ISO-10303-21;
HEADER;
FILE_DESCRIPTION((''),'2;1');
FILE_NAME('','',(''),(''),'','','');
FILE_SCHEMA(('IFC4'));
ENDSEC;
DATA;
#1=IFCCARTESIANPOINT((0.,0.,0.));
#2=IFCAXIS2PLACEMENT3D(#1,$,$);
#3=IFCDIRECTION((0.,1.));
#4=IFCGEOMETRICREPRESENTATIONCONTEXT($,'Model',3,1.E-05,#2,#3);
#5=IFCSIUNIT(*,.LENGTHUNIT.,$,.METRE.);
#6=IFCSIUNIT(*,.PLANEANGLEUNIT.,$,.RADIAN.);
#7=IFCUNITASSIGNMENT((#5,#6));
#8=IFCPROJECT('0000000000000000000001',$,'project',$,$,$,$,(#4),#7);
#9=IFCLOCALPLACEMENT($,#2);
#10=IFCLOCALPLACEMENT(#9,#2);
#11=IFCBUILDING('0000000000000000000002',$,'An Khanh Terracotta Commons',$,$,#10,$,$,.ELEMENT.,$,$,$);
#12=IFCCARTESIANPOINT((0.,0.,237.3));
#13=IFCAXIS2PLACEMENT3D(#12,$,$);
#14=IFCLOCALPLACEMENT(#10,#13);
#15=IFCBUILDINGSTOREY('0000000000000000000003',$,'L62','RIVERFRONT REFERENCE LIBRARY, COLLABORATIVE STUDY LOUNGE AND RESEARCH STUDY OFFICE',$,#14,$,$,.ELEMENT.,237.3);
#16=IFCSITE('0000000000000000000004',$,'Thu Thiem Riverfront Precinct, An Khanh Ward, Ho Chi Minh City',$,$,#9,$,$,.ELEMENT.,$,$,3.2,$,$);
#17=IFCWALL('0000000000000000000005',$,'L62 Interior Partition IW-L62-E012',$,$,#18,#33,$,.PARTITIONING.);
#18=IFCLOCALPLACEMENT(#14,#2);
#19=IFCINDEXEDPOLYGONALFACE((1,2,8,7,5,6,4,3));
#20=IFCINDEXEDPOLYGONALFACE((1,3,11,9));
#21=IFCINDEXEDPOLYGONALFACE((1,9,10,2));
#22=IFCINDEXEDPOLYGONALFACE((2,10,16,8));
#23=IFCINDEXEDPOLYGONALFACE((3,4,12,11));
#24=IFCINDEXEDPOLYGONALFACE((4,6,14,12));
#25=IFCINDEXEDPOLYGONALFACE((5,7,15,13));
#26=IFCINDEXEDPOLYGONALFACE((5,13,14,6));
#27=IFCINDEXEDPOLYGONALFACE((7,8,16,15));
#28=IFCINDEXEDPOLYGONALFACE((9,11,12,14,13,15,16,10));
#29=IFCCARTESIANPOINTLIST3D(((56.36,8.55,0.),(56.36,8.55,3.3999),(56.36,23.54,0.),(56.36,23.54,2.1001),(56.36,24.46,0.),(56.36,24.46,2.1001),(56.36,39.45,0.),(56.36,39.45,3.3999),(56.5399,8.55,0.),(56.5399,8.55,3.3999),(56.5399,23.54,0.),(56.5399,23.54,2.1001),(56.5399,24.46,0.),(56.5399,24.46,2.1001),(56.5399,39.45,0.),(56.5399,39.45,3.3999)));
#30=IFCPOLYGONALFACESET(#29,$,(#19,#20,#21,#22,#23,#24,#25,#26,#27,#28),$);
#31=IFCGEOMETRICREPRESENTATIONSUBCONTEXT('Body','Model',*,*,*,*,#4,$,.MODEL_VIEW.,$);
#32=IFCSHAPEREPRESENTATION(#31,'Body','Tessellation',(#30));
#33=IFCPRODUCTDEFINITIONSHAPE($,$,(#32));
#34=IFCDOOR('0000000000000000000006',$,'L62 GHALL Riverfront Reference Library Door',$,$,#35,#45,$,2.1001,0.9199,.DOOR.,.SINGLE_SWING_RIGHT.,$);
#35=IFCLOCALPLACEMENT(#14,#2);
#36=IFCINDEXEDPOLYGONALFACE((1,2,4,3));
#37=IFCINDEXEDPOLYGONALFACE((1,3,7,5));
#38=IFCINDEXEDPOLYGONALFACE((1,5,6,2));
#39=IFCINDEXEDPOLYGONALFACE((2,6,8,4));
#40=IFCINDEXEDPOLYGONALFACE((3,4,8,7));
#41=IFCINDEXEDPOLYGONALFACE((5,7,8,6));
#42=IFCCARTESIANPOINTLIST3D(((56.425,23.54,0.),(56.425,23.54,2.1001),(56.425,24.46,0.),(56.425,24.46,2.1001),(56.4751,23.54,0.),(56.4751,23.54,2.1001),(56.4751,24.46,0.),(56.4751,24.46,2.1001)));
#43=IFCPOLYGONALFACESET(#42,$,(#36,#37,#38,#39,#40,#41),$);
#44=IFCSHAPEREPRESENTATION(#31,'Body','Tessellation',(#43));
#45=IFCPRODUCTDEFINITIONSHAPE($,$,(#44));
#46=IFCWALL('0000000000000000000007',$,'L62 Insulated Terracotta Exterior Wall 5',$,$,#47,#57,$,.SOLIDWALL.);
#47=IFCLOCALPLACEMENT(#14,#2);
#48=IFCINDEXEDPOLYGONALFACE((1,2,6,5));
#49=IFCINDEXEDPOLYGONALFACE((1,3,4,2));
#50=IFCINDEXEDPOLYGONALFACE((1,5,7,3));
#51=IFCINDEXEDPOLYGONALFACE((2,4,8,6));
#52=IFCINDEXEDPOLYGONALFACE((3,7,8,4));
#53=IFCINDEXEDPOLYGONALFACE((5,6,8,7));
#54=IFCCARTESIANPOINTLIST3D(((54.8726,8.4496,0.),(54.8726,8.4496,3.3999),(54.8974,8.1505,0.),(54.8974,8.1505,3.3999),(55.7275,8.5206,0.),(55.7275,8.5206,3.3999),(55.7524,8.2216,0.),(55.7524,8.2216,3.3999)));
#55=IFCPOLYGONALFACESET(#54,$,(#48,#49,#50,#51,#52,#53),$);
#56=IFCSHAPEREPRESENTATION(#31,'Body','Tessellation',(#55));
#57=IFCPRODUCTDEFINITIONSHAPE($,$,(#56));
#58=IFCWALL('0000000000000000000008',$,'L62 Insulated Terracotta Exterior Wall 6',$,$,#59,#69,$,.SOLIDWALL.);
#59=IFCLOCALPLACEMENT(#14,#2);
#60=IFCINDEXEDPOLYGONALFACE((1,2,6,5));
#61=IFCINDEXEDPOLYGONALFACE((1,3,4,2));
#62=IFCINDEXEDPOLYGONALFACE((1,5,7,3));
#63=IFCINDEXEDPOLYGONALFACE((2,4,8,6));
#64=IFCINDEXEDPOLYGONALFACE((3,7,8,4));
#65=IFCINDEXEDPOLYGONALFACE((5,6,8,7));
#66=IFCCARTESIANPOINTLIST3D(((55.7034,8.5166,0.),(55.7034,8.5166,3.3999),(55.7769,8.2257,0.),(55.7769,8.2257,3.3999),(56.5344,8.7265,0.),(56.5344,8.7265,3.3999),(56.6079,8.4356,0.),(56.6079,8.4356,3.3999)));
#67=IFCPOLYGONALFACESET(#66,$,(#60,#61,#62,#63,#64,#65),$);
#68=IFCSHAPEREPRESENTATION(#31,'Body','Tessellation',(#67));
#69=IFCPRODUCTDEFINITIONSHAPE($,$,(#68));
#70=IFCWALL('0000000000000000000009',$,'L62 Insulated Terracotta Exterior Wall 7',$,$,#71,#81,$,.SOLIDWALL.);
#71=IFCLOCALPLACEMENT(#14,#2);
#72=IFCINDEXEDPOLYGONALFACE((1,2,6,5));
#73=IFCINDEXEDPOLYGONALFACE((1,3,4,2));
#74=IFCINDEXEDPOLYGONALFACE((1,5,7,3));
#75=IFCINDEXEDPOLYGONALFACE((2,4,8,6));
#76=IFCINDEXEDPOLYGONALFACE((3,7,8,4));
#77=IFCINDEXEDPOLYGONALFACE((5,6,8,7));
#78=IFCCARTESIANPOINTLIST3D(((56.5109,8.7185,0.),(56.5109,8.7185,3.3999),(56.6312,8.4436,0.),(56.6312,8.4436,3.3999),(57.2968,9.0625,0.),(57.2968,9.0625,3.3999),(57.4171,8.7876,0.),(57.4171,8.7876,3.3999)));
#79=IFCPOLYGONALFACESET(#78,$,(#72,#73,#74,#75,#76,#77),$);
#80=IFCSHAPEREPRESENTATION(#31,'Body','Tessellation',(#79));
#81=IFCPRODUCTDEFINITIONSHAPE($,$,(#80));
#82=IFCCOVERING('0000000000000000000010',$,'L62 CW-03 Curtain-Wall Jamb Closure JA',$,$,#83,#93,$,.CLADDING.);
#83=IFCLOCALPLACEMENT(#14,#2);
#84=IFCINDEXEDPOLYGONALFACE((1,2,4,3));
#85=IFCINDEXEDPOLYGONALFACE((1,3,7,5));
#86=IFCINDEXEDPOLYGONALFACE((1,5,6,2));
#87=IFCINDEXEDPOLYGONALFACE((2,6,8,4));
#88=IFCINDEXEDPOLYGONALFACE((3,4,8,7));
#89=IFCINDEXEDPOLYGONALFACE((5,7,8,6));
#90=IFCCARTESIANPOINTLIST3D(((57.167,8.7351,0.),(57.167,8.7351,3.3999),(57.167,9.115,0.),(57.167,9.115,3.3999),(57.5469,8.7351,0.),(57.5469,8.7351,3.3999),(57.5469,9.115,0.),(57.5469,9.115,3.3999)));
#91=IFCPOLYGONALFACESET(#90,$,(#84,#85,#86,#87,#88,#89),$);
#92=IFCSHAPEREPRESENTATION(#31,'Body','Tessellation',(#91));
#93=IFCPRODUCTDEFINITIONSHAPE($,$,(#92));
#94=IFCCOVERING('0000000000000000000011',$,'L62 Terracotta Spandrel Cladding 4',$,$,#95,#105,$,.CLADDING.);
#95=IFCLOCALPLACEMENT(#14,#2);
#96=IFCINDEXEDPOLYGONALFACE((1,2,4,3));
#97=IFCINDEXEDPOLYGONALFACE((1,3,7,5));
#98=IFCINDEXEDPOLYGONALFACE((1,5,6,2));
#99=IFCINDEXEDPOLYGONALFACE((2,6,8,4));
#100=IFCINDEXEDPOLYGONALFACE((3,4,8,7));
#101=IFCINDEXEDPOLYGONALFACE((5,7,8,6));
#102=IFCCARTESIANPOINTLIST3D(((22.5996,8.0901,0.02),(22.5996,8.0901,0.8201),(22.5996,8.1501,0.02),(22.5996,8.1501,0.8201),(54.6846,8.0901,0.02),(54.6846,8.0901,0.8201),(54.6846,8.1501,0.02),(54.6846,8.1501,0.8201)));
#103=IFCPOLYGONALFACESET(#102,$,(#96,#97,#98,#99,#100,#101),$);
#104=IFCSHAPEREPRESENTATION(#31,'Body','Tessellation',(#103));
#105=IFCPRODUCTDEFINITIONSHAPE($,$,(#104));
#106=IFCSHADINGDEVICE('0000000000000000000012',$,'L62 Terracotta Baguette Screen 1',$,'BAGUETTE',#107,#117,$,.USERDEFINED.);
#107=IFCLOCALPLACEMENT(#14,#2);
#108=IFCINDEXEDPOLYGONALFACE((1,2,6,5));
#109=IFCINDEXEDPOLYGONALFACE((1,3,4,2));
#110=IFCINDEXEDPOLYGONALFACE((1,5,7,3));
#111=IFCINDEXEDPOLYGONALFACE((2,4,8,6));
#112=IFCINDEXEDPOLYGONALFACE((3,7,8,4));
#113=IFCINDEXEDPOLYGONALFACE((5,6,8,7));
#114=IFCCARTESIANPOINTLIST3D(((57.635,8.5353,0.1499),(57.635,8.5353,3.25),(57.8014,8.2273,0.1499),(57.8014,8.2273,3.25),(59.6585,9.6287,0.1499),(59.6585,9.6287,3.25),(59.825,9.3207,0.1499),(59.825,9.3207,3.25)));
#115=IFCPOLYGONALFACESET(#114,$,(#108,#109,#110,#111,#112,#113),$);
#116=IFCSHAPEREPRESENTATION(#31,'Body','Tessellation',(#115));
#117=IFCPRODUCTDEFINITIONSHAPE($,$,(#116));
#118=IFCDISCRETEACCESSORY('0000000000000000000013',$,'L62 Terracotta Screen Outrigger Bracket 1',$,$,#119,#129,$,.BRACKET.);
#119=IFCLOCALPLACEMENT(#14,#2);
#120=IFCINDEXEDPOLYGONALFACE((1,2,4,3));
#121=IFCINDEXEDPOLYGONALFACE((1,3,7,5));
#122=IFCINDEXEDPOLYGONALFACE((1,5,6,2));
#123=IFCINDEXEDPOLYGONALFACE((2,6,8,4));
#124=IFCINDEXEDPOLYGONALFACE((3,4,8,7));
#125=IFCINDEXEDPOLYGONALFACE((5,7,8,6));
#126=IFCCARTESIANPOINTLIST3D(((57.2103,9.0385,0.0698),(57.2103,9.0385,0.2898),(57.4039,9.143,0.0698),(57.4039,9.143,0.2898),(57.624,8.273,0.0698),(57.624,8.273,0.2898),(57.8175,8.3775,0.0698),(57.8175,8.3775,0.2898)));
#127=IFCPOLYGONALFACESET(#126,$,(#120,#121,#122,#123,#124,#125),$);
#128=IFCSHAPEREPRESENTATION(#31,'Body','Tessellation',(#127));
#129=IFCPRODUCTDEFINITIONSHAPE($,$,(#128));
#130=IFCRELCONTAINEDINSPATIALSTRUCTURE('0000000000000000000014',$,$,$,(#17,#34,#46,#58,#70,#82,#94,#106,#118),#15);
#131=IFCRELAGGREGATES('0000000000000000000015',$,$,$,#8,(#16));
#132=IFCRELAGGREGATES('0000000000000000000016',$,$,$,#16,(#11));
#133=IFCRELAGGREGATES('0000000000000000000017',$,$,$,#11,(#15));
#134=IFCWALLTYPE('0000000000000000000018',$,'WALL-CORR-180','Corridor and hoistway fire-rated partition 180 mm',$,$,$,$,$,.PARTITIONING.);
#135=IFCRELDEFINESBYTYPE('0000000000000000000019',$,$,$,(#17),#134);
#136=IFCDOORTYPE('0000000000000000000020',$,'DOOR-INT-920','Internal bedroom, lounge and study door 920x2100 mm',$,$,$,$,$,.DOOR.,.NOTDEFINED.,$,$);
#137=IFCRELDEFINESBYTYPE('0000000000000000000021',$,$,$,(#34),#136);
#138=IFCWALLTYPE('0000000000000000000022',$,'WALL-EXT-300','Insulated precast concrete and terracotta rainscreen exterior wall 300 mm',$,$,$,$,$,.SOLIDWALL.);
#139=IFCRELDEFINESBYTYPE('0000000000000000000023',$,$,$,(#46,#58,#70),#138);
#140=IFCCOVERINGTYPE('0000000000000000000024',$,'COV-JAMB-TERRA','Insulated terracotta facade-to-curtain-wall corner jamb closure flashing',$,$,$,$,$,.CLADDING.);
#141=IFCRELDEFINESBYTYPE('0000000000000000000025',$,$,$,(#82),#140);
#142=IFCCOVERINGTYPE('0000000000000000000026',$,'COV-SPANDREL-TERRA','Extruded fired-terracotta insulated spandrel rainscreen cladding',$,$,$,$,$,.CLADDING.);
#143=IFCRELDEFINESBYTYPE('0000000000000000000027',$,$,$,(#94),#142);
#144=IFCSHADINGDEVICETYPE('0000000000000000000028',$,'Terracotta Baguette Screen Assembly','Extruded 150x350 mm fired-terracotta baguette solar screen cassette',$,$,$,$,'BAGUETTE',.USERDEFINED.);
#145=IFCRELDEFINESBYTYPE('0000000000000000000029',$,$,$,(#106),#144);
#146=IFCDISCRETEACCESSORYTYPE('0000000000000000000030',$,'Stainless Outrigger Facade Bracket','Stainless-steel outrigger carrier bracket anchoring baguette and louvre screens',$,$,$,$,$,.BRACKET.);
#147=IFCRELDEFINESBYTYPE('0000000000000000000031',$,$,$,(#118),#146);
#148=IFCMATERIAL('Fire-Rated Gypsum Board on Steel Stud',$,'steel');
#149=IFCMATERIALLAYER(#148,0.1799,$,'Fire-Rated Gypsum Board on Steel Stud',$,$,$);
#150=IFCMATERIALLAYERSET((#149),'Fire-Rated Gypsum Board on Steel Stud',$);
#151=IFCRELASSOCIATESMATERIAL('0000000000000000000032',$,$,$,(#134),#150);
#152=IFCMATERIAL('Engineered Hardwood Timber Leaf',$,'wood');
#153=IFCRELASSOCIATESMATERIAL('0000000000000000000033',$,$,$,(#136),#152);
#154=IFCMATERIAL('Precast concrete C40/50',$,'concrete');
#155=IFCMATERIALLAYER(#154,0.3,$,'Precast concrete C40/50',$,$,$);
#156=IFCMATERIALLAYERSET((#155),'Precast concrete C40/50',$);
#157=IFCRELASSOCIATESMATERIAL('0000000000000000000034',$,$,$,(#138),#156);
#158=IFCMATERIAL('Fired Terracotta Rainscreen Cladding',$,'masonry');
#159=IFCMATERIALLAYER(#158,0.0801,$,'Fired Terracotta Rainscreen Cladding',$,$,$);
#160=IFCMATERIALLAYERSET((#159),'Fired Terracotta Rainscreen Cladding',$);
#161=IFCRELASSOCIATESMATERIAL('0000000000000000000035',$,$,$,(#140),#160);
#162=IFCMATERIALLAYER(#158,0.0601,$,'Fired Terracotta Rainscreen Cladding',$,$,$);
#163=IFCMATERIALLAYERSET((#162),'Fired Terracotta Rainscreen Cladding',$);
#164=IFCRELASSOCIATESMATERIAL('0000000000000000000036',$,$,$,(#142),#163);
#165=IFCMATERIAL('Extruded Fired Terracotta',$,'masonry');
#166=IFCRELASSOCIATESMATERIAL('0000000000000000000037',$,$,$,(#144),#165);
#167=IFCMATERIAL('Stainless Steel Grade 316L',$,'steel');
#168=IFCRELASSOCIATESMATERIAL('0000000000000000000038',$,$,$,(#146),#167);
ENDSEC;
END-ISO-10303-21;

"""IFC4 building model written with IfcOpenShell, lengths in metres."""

from ifc_helpers import new_model, si_unit, direction, frame, frame_2d, origin, origin_2d, place, context, subcontext, project, spatial, rectangle, extrude, material, layer, layer_set, type_object, element, fill, save


model = new_model("IFC4")

# Units and contexts
model_context = context("Model", 3, precision=1e-05, world=origin(), true_north=direction((0.0, 1.0)))
body_context = subcontext(model_context, "Body", "Model", "MODEL_VIEW")
ifc_project = project(units=[si_unit("LENGTHUNIT", "METRE"), si_unit("PLANEANGLEUNIT", "RADIAN")], contexts=[model_context])

# Site, building, storey
site_placement = place(None, origin())
site = spatial("IfcSite", under=ifc_project, at=site_placement, Name="Thu Thiem Riverfront Precinct, An Khanh Ward, Ho Chi Minh City", CompositionType="ELEMENT", RefElevation=3.2)
building_placement = place(site_placement, origin())
building = spatial("IfcBuilding", under=site, at=building_placement, Name="An Khanh Terracotta Commons", CompositionType="ELEMENT")
storey_placement = place(building_placement, frame((0.0, 0.0, 237.3)))
storey = spatial("IfcBuildingStorey", under=building, at=storey_placement, Name="L62", Description="RIVERFRONT REFERENCE LIBRARY, COLLABORATIVE STUDY LOUNGE AND RESEARCH STUDY OFFICE", CompositionType="ELEMENT", Elevation=237.3)

# Shared definitions
ifc_material_1 = material(Name="Fire-Rated Gypsum Board on Steel Stud", Category="steel")
ifc_layer_1 = layer(ifc_material_1, 0.1799, Name="Fire-Rated Gypsum Board on Steel Stud")
ifc_layer_set_1 = layer_set([ifc_layer_1], Name="Fire-Rated Gypsum Board on Steel Stud")
wall_type_1 = type_object("IfcWallType", Name="WALL-CORR-180", Description="Corridor and hoistway fire-rated partition 180 mm", PredefinedType="PARTITIONING", material=ifc_layer_set_1)

# Wall, opening, door
wall_1_placement = place(storey_placement, frame((56.45, 8.55, 0.0), z_axis=(0.0, 0.0, 1.0), x_axis=(0.0, 1.0, 0.0)))
wall_1 = element("IfcWall", 1, at=wall_1_placement, inside=storey, type_object=wall_type_1, Name="L62 Interior Partition IW-L62-E012", PredefinedType="PARTITIONING", context=body_context, shape_type="SweptSolid", body=[
    extrude(rectangle(XDim=30.8999, YDim=0.1799, at=frame_2d((15.45, 0.0))), origin(), (0.0, 0.0, 1.0), 3.3999),
])
opening_1_placement = place(wall_1_placement, frame((14.99, 0.0, 0.0)))
opening_1 = element("IfcOpeningElement", 2, at=opening_1_placement, cuts=wall_1, PredefinedType="OPENING", context=body_context, shape_type="SweptSolid", body=[
    extrude(rectangle(XDim=0.9199, YDim=2.1001, at=frame_2d((0.46, 1.05))), frame((0.0, 0.0999, 0.0), z_axis=(0.0, -1.0, 0.0), x_axis=(1.0, 0.0, 0.0)), (0.0, 0.0, 1.0), 0.2),
])
ifc_material_2 = material(Name="Engineered Hardwood Timber Leaf", Category="wood")
door_type_1 = type_object("IfcDoorType", Name="DOOR-INT-920", Description="Internal bedroom, lounge and study door 920x2100 mm", OperationType="NOTDEFINED", PredefinedType="DOOR", material=ifc_material_2)
door_1_placement = place(opening_1_placement, origin())
door_1 = element("IfcDoor", 3, at=door_1_placement, inside=storey, type_object=door_type_1, Name="L62 GHALL Riverfront Reference Library Door", OperationType="SINGLE_SWING_RIGHT", OverallHeight=2.1001, OverallWidth=0.9199, PredefinedType="DOOR", context=body_context, shape_type="SweptSolid", body=[
    extrude(rectangle(XDim=0.9199, YDim=2.1001, at=frame_2d((0.46, 1.05))), frame((0.0, 0.0249, 0.0), z_axis=(0.0, -1.0, 0.0), x_axis=(1.0, 0.0, 0.0)), (0.0, 0.0, 1.0), 0.05),
])
fill(opening_1, door_1)

# Walls
ifc_material_3 = material(Name="Precast concrete C40/50", Category="concrete")
ifc_layer_2 = layer(ifc_material_3, 0.3, Name="Precast concrete C40/50")
ifc_layer_set_2 = layer_set([ifc_layer_2], Name="Precast concrete C40/50")
wall_type_2 = type_object("IfcWallType", Name="WALL-EXT-300", Description="Insulated precast concrete and terracotta rainscreen exterior wall 300 mm", PredefinedType="SOLIDWALL", material=ifc_layer_set_2)
wall_2_placement = place(storey_placement, frame((54.885, 8.3, 0.0), z_axis=(0.0, 0.0, 1.0), x_axis=(0.996565, 0.08281, 0.0)))
element("IfcWall", 4, at=wall_2_placement, inside=storey, type_object=wall_type_2, Name="L62 Insulated Terracotta Exterior Wall 5", PredefinedType="SOLIDWALL", context=body_context, shape_type="SweptSolid", body=[
    extrude(rectangle(XDim=0.8579, YDim=0.3, at=frame_2d((0.429, 0.0))), origin(), (0.0, 0.0, 1.0), 3.3999),
])
wall_3_placement = place(storey_placement, frame((55.74, 8.3711, 0.0), z_axis=(0.0, 0.0, 1.0), x_axis=(0.969536, 0.244947, 0.0)))
element("IfcWall", 5, at=wall_3_placement, inside=storey, type_object=wall_type_2, Name="L62 Insulated Terracotta Exterior Wall 6", PredefinedType="SOLIDWALL", context=body_context, shape_type="SweptSolid", body=[
    extrude(rectangle(XDim=0.8572, YDim=0.3, at=frame_2d((0.4287, 0.0))), origin(), (0.0, 0.0, 1.0), 3.3999),
])
wall_4_placement = place(storey_placement, frame((56.571, 8.5811, 0.0), z_axis=(0.0, 0.0, 1.0), x_axis=(0.916085, 0.400983, 0.0)))
element("IfcWall", 6, at=wall_4_placement, inside=storey, type_object=wall_type_2, Name="L62 Insulated Terracotta Exterior Wall 7", PredefinedType="SOLIDWALL", context=body_context, shape_type="SweptSolid", body=[
    extrude(rectangle(XDim=0.8579, YDim=0.3, at=frame_2d((0.429, 0.0))), origin(), (0.0, 0.0, 1.0), 3.3999),
])

# Coverings
ifc_material_4 = material(Name="Fired Terracotta Rainscreen Cladding", Category="masonry")
ifc_layer_3 = layer(ifc_material_4, 0.0801, Name="Fired Terracotta Rainscreen Cladding")
ifc_layer_set_3 = layer_set([ifc_layer_3], Name="Fired Terracotta Rainscreen Cladding")
covering_type_1 = type_object("IfcCoveringType", Name="COV-JAMB-TERRA", Description="Insulated terracotta facade-to-curtain-wall corner jamb closure flashing", PredefinedType="CLADDING", material=ifc_layer_set_3)
covering_1_placement = place(storey_placement, frame((57.3569, 8.925, 0.0), z_axis=(0.0, 0.0, 1.0), x_axis=(1.0, 0.0, 0.0)))
element("IfcCovering", 7, at=covering_1_placement, inside=storey, type_object=covering_type_1, Name="L62 CW-03 Curtain-Wall Jamb Closure JA", PredefinedType="CLADDING", context=body_context, shape_type="SweptSolid", body=[
    extrude(rectangle(XDim=0.3799, YDim=0.3799, at=origin_2d()), origin(), (0.0, 0.0, 1.0), 3.3999),
])
ifc_layer_4 = layer(ifc_material_4, 0.0601, Name="Fired Terracotta Rainscreen Cladding")
ifc_layer_set_4 = layer_set([ifc_layer_4], Name="Fired Terracotta Rainscreen Cladding")
covering_type_2 = type_object("IfcCoveringType", Name="COV-SPANDREL-TERRA", Description="Extruded fired-terracotta insulated spandrel rainscreen cladding", PredefinedType="CLADDING", material=ifc_layer_set_4)
covering_2_placement = place(storey_placement, frame((38.6421, 8.1201, 0.02), z_axis=(0.0, 0.0, 1.0), x_axis=(1.0, 0.0, 0.0)))
element("IfcCovering", 8, at=covering_2_placement, inside=storey, type_object=covering_type_2, Name="L62 Terracotta Spandrel Cladding 4", PredefinedType="CLADDING", context=body_context, shape_type="SweptSolid", body=[
    extrude(rectangle(XDim=32.085, YDim=0.0601, at=origin_2d()), origin(), (0.0, 0.0, 1.0), 0.8),
])

# Shading device
ifc_material_5 = material(Name="Extruded Fired Terracotta", Category="masonry")
shading_device_type = type_object("IfcShadingDeviceType", Name="Terracotta Baguette Screen Assembly", Description="Extruded 150x350 mm fired-terracotta baguette solar screen cassette", ElementType="BAGUETTE", PredefinedType="USERDEFINED", material=ifc_material_5)
shading_device_placement = place(storey_placement, frame((58.73, 8.928, 0.1499), z_axis=(0.0, 0.0, 1.0), x_axis=(0.87978, 0.475381, 0.0)))
element("IfcShadingDevice", 9, at=shading_device_placement, inside=storey, type_object=shading_device_type, Name="L62 Terracotta Baguette Screen 1", ObjectType="BAGUETTE", PredefinedType="USERDEFINED", context=body_context, shape_type="SweptSolid", body=[
    extrude(rectangle(XDim=2.3, YDim=0.3501, at=origin_2d()), origin(), (0.0, 0.0, 1.0), 3.1001),
])

# Discrete accessory
ifc_material_6 = material(Name="Stainless Steel Grade 316L", Category="steel")
discrete_accessory_type = type_object("IfcDiscreteAccessoryType", Name="Stainless Outrigger Facade Bracket", Description="Stainless-steel outrigger carrier bracket anchoring baguette and louvre screens", PredefinedType="BRACKET", material=ifc_material_6)
discrete_accessory_placement = place(storey_placement, frame((57.5139, 8.708, 0.0698), z_axis=(0.0, 0.0, 1.0), x_axis=(0.87978, 0.475381, 0.0)))
element("IfcDiscreteAccessory", 10, at=discrete_accessory_placement, inside=storey, type_object=discrete_accessory_type, Name="L62 Terracotta Screen Outrigger Bracket 1", PredefinedType="BRACKET", context=body_context, shape_type="SweptSolid", body=[
    extrude(rectangle(XDim=0.22, YDim=0.8701, at=origin_2d()), origin(), (0.0, 0.0, 1.0), 0.22),
])

save(model, "model.ifc")
